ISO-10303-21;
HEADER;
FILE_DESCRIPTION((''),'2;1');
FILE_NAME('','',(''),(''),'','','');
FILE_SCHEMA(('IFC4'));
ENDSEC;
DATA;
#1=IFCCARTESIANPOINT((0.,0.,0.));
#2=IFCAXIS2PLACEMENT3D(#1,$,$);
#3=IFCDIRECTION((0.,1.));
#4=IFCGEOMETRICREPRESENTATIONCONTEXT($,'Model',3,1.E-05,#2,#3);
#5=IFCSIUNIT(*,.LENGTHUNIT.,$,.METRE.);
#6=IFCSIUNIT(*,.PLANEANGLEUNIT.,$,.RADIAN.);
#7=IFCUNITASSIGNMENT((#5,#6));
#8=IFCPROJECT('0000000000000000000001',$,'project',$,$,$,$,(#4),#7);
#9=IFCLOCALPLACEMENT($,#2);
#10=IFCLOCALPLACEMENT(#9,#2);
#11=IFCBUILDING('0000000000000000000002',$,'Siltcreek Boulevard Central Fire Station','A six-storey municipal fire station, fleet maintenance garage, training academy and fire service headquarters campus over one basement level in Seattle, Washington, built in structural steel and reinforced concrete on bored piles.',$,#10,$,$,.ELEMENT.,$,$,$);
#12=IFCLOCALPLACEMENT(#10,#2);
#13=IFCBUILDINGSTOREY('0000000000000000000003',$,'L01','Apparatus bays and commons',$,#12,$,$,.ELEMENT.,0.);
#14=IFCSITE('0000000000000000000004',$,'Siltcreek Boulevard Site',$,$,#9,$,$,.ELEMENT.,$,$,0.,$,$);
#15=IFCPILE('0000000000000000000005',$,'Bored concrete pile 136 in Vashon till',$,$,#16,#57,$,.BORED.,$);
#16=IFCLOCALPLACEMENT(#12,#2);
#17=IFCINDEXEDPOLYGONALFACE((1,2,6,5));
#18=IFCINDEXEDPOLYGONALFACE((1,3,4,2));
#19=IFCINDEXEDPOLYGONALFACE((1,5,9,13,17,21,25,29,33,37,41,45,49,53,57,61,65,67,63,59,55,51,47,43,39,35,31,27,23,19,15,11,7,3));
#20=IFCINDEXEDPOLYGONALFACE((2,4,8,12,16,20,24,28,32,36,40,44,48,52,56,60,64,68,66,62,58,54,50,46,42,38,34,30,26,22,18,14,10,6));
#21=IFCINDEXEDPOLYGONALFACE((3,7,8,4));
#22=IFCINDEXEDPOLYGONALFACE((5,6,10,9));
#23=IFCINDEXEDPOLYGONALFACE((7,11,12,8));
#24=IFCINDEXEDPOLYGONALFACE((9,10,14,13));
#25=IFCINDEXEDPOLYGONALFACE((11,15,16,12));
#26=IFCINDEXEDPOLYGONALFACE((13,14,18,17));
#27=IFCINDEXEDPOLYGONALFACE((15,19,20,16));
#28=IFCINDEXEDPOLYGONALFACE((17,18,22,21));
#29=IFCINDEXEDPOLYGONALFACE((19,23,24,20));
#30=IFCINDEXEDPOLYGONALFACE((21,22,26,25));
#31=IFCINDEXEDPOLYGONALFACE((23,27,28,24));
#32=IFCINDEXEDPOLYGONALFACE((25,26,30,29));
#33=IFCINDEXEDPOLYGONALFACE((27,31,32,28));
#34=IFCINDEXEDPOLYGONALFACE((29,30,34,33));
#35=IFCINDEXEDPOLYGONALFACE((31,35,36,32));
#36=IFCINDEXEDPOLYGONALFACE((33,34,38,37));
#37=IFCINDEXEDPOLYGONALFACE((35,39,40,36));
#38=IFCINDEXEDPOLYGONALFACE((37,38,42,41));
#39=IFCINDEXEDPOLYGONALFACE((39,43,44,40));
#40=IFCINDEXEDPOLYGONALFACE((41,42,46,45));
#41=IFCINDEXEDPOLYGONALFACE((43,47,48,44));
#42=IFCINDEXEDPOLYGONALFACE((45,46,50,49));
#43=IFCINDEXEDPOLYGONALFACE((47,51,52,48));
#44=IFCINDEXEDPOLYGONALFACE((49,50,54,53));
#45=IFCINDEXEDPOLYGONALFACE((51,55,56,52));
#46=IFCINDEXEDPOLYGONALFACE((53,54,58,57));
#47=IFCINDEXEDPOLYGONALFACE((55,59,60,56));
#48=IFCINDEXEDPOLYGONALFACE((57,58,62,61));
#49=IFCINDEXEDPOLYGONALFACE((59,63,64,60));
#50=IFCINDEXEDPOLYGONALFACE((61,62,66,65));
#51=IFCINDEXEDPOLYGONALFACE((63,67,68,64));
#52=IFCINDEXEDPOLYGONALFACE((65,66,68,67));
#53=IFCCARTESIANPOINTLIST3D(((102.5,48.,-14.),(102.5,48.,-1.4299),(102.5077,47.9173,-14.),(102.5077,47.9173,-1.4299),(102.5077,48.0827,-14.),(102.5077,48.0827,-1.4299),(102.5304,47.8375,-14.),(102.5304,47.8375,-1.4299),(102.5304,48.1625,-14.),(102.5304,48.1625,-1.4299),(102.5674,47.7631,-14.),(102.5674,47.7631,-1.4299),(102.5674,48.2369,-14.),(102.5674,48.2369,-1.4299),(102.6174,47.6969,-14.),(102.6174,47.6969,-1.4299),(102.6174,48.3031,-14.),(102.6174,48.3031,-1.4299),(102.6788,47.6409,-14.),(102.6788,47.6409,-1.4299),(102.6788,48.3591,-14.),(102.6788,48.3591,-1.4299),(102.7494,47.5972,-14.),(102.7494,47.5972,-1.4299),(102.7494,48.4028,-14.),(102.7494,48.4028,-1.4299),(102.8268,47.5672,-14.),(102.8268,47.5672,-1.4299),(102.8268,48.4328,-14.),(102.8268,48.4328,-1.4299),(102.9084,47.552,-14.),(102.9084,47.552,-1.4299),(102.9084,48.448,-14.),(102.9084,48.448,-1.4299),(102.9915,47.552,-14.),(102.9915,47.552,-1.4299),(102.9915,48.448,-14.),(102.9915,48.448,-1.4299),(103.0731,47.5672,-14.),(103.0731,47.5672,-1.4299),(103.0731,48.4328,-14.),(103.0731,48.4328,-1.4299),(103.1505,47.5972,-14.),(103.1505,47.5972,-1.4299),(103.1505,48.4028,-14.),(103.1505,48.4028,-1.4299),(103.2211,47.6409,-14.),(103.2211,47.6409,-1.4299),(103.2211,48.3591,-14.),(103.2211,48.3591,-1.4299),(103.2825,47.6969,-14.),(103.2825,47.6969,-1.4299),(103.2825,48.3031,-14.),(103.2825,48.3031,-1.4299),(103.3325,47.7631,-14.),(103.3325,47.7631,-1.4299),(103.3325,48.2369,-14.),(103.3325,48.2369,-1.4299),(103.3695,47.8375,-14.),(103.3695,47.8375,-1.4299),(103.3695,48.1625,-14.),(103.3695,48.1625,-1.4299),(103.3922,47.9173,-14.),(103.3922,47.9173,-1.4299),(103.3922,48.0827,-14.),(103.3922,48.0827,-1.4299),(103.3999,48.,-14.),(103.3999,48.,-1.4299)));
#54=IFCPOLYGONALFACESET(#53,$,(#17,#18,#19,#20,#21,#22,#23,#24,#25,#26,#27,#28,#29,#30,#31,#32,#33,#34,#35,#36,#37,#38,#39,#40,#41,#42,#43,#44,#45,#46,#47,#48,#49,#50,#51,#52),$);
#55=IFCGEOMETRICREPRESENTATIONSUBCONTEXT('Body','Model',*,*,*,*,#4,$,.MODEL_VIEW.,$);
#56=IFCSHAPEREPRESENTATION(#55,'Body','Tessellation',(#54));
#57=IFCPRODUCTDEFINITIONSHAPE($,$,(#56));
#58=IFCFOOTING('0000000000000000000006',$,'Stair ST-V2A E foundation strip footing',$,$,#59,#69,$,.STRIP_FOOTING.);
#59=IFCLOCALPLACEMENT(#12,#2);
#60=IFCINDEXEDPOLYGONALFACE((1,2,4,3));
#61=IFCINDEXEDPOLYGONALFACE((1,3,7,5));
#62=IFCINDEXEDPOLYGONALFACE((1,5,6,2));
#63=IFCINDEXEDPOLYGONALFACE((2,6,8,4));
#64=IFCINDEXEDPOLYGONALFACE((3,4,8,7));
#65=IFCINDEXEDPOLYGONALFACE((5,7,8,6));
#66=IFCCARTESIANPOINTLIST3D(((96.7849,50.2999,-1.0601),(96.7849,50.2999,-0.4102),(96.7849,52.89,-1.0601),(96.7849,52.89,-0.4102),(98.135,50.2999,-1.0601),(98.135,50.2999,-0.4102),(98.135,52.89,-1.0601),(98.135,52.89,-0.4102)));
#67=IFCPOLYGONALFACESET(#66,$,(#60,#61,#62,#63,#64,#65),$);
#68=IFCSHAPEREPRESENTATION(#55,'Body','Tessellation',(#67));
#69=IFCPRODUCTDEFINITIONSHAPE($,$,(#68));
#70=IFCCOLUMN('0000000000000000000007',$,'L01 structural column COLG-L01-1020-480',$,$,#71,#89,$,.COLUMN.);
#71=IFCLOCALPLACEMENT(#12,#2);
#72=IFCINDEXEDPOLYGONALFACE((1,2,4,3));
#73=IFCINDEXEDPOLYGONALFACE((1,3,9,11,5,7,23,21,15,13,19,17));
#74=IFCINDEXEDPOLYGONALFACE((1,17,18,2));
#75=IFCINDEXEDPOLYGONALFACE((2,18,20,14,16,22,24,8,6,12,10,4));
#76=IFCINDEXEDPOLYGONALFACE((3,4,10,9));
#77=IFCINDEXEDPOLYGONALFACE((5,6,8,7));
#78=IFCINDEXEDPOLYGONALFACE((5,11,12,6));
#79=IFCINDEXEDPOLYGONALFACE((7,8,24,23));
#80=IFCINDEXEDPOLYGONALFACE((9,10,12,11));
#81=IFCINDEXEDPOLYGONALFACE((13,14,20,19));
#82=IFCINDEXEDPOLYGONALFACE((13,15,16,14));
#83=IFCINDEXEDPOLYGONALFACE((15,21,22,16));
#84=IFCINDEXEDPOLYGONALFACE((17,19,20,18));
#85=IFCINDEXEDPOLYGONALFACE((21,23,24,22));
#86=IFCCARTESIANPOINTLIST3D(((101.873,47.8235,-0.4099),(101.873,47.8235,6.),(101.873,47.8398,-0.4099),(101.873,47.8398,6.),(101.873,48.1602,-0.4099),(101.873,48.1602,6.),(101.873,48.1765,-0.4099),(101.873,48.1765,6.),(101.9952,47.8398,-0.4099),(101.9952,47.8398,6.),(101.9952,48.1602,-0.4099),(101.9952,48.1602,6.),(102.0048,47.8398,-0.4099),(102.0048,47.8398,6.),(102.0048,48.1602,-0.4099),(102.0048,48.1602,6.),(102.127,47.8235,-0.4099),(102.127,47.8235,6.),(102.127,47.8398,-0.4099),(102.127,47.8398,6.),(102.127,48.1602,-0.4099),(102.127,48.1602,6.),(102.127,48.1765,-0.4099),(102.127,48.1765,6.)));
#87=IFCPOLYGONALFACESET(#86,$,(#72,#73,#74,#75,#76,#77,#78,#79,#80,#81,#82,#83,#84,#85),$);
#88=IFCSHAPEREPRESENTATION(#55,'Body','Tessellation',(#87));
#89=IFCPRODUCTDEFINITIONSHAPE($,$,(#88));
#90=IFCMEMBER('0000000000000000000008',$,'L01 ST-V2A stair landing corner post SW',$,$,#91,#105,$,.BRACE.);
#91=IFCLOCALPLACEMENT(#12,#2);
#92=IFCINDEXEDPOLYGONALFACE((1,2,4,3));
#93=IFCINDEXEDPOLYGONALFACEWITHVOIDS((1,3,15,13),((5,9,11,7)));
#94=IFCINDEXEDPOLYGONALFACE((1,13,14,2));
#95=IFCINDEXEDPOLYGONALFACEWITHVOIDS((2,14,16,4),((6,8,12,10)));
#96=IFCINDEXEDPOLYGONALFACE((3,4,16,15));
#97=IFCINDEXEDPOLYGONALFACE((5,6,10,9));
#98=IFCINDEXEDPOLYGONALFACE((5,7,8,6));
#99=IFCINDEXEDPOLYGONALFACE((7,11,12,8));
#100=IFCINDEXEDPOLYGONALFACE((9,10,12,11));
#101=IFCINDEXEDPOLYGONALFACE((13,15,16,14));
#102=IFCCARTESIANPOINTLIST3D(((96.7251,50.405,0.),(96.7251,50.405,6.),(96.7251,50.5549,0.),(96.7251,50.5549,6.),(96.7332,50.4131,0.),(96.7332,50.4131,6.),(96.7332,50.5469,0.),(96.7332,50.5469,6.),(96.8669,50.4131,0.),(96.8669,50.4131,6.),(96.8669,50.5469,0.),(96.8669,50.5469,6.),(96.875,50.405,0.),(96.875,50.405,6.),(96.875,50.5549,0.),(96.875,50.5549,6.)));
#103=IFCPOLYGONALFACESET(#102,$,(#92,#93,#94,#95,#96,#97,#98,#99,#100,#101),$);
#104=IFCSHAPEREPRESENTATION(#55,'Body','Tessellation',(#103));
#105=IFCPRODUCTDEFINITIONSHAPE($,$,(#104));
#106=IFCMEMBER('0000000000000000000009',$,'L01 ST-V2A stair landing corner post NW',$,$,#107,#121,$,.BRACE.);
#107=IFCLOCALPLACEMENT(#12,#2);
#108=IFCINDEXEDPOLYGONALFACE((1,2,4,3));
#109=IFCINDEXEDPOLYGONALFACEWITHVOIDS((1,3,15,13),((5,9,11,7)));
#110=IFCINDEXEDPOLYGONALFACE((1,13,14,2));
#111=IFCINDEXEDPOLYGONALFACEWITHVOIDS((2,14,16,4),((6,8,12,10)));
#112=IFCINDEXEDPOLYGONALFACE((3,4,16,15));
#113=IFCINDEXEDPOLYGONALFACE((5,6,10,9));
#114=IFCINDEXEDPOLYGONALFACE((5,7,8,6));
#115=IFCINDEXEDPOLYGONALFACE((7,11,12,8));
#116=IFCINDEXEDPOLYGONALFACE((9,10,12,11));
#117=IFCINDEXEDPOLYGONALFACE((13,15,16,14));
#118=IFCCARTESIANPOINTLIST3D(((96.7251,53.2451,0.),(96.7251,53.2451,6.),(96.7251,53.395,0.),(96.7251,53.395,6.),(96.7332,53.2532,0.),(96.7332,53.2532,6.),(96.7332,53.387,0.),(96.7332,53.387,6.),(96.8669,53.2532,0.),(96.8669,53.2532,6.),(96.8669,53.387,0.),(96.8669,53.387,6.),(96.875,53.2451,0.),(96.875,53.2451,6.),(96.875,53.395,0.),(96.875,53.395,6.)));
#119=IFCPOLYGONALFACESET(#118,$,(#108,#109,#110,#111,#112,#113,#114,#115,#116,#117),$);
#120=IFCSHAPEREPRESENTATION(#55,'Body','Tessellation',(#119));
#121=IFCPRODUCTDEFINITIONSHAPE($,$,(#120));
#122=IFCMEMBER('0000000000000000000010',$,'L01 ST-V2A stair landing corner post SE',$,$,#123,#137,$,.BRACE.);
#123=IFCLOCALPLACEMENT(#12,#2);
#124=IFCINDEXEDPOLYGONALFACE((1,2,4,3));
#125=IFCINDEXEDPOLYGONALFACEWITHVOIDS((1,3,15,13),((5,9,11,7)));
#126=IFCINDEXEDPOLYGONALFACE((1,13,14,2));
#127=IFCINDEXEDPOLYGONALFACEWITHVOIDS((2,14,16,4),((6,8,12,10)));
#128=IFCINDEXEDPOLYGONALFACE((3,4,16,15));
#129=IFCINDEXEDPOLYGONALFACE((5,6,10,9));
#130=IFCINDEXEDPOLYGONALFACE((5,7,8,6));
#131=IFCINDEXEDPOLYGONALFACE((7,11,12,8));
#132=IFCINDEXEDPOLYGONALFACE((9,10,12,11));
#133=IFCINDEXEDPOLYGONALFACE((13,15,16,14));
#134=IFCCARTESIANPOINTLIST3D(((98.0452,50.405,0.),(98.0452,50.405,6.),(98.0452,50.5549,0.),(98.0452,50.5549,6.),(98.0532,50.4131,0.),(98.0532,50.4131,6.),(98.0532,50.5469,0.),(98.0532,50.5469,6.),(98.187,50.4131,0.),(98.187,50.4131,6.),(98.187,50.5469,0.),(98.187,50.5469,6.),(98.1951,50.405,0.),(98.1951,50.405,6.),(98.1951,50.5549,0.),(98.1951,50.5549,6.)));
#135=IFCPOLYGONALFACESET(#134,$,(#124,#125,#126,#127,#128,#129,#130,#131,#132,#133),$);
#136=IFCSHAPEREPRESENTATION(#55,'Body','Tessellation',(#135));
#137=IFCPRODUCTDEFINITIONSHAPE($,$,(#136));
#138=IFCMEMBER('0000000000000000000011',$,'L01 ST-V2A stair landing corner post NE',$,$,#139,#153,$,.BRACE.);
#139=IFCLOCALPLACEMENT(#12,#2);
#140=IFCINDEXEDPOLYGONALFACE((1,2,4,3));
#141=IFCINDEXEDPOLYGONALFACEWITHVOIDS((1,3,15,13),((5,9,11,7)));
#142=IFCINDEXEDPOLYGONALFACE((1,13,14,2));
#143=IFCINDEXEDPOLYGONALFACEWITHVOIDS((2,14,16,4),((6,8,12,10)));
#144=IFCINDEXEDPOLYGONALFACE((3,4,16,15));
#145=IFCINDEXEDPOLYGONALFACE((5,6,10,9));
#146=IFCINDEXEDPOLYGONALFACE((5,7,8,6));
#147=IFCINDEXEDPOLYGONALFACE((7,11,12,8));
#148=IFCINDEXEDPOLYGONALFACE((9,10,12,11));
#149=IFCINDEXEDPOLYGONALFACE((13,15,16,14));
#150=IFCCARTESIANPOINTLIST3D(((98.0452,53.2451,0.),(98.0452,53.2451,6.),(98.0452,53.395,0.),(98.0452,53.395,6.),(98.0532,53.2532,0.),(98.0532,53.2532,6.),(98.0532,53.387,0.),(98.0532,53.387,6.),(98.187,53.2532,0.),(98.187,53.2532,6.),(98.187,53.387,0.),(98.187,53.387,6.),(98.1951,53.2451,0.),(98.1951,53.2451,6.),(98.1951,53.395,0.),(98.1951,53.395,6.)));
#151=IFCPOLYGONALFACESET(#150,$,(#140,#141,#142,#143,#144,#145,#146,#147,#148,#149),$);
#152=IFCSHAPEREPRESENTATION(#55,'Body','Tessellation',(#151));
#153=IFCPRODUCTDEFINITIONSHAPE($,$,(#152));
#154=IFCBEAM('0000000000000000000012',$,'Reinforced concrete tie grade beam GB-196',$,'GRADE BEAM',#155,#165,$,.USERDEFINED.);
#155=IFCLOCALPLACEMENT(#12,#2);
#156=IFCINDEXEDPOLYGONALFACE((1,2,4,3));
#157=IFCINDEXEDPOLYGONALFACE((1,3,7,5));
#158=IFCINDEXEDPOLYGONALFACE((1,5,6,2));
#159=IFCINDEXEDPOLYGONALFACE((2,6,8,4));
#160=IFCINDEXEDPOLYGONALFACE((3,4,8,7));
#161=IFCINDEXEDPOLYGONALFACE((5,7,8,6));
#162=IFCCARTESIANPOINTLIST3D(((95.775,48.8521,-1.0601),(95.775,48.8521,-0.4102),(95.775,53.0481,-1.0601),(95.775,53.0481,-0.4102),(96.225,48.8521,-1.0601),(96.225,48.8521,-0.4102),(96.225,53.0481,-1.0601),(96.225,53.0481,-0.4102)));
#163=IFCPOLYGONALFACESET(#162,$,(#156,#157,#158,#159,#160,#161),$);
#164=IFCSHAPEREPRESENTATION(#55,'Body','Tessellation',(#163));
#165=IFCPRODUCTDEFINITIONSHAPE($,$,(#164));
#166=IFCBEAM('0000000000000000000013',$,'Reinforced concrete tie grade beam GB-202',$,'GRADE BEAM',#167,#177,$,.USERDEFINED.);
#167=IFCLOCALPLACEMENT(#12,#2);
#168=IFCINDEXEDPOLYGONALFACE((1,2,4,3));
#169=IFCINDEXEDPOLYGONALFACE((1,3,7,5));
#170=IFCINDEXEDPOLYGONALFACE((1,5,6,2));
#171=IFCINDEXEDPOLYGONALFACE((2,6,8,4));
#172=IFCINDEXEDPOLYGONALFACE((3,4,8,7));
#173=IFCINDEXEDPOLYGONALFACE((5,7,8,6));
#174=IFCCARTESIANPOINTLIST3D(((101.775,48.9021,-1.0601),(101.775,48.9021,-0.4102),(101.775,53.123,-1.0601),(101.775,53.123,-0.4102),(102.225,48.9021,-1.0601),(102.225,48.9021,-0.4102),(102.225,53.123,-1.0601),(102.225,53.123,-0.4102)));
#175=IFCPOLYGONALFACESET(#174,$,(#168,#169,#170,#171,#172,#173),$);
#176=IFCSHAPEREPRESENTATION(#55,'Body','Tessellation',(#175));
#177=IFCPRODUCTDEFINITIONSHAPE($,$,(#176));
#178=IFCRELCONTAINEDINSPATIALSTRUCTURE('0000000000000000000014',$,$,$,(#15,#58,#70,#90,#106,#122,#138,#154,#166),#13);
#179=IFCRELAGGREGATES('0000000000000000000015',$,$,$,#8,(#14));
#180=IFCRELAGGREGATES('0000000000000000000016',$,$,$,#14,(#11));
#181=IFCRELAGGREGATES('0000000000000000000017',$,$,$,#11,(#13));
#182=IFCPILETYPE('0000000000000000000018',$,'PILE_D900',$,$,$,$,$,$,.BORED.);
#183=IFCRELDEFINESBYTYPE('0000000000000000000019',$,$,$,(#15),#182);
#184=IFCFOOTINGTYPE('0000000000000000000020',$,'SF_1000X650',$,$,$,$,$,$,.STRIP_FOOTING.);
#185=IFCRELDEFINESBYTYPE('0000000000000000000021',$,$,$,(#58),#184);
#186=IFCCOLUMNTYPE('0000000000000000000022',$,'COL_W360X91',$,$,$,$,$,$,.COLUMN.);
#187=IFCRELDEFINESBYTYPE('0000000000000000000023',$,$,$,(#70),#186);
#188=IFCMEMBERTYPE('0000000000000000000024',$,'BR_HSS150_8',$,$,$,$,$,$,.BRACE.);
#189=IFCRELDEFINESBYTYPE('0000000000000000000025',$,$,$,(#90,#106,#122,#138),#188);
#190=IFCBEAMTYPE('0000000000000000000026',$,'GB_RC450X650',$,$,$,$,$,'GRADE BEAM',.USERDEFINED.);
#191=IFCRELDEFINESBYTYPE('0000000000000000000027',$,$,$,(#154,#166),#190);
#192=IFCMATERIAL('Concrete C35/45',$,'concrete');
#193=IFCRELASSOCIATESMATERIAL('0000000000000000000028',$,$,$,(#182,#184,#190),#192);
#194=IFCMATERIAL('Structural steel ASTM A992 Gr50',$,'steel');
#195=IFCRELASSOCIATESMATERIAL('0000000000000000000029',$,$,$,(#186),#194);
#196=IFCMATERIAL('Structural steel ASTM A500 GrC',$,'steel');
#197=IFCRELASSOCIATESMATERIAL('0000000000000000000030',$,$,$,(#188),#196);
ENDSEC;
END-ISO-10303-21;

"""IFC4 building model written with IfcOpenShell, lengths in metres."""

from ifc_helpers import new_model, si_unit, direction, frame, origin, origin_2d, place, context, subcontext, project, spatial, rectangle, hollow_rectangle, circle, i_section, extrude, material, material_profile, profile_set, type_object, element, save


model = new_model("IFC4")

# Units and contexts
model_context = context("Model", 3, precision=1e-05, world=origin(), true_north=direction((0.0, 1.0)))
body_context = subcontext(model_context, "Body", "Model", "MODEL_VIEW")
ifc_project = project(units=[si_unit("LENGTHUNIT", "METRE"), si_unit("PLANEANGLEUNIT", "RADIAN")], contexts=[model_context])

# Site, building, storey
site_placement = place(None, origin())
site = spatial("IfcSite", under=ifc_project, at=site_placement, Name="Siltcreek Boulevard Site", CompositionType="ELEMENT", RefElevation=0.0)
building_placement = place(site_placement, origin())
building = spatial("IfcBuilding", under=site, at=building_placement, Name="Siltcreek Boulevard Central Fire Station", Description="A six-storey municipal fire station, fleet maintenance garage, training academy and fire service headquarters campus over one basement level in Seattle, Washington, built in structural steel and reinforced concrete on bored piles.", CompositionType="ELEMENT")
storey_placement = place(building_placement, origin())
storey = spatial("IfcBuildingStorey", under=building, at=storey_placement, Name="L01", Description="Apparatus bays and commons", CompositionType="ELEMENT", Elevation=0.0)

# Pile
ifc_material_1 = material(Name="Concrete C35/45", Category="concrete")
ifc_material_profile_1 = material_profile(ifc_material_1, circle(Radius=0.45, at=origin_2d()), Name="SHAFT900")
ifc_profile_set_1 = profile_set([ifc_material_profile_1], Name="Concrete C35/45")
pile_type = type_object("IfcPileType", Name="PILE_D900", PredefinedType="BORED", material=ifc_profile_set_1)
pile_placement = place(storey_placement, frame((102.95, 48.0, -1.4299), z_axis=(0.0, 0.0, -1.0), x_axis=(1.0, 0.0, 0.0)))
element("IfcPile", 1, at=pile_placement, inside=storey, type_object=pile_type, Name="Bored concrete pile 136 in Vashon till", PredefinedType="BORED", context=body_context, shape_type="SweptSolid", body=[
    extrude(circle(Radius=0.45, at=origin_2d()), origin(), (0.0, 0.0, 1.0), 12.5701),
])

# Footing
footing_type = type_object("IfcFootingType", Name="SF_1000X650", PredefinedType="STRIP_FOOTING", material=ifc_material_1)
footing_placement = place(storey_placement, frame((97.46, 51.595, -1.0601), z_axis=(0.0, 0.0, 1.0), x_axis=(1.0, 0.0, 0.0)))
element("IfcFooting", 2, at=footing_placement, inside=storey, type_object=footing_type, Name="Stair ST-V2A E foundation strip footing", PredefinedType="STRIP_FOOTING", context=body_context, shape_type="SweptSolid", body=[
    extrude(rectangle(XDim=1.3501, YDim=2.5901, at=origin_2d()), origin(), (0.0, 0.0, 1.0), 0.6499),
])

# Column
ifc_material_2 = material(Name="Structural steel ASTM A992 Gr50", Category="steel")
ifc_material_profile_2 = material_profile(ifc_material_2, i_section(OverallWidth=0.2539, OverallDepth=0.353, WebThickness=0.0095, FlangeThickness=0.0164, at=origin_2d()), Name="W360X91")
ifc_profile_set_2 = profile_set([ifc_material_profile_2], Name="Structural steel ASTM A992 Gr50")
column_type = type_object("IfcColumnType", Name="COL_W360X91", PredefinedType="COLUMN", material=ifc_profile_set_2)
column_placement = place(storey_placement, frame((102.0, 48.0, -0.4099), z_axis=(0.0, 0.0, 1.0), x_axis=(1.0, 0.0, 0.0)))
element("IfcColumn", 3, at=column_placement, inside=storey, type_object=column_type, Name="L01 structural column COLG-L01-1020-480", PredefinedType="COLUMN", context=body_context, shape_type="SweptSolid", body=[
    extrude(i_section(OverallWidth=0.2539, OverallDepth=0.353, WebThickness=0.0095, FlangeThickness=0.0164, at=origin_2d()), origin(), (0.0, 0.0, 1.0), 6.4099),
])

# Members
ifc_material_3 = material(Name="Structural steel ASTM A500 GrC", Category="steel")
ifc_material_profile_3 = material_profile(ifc_material_3, hollow_rectangle(XDim=0.1499, YDim=0.1499, WallThickness=0.0081, at=origin_2d()), Name="HSS150X150X8.0")
ifc_profile_set_3 = profile_set([ifc_material_profile_3], Name="Structural steel ASTM A500 GrC")
member_type = type_object("IfcMemberType", Name="BR_HSS150_8", PredefinedType="BRACE", material=ifc_profile_set_3)
for number, where, z_axis, x_axis, name in (
    (4, (96.8, 50.48, 0.0), (0.0, 0.0, 1.0), (1.0, 0.0, 0.0), "L01 ST-V2A stair landing corner post SW"),
    (5, (96.8, 53.3201, 0.0), (0.0, 0.0, 1.0), (1.0, 0.0, 0.0), "L01 ST-V2A stair landing corner post NW"),
    (6, (98.1201, 50.48, 0.0), (0.0, 0.0, 1.0), (1.0, 0.0, 0.0), "L01 ST-V2A stair landing corner post SE"),
    (7, (98.1201, 53.3201, 0.0), (0.0, 0.0, 1.0), (1.0, 0.0, 0.0), "L01 ST-V2A stair landing corner post NE"),
):
    element("IfcMember", number, at=place(storey_placement, frame(where, z_axis=z_axis, x_axis=x_axis)), inside=storey, type_object=member_type, Name=name, PredefinedType="BRACE", context=body_context, shape_type="SweptSolid", body=[
        extrude(hollow_rectangle(XDim=0.1499, YDim=0.1499, WallThickness=0.0081, at=origin_2d()), origin(), (0.0, 0.0, 1.0), 6.0),
    ])

# Beams
ifc_material_profile_4 = material_profile(ifc_material_1, rectangle(XDim=0.45, YDim=0.6499, at=origin_2d()), Name="RC450X650")
ifc_profile_set_4 = profile_set([ifc_material_profile_4], Name="Concrete C35/45")
beam_type_1 = type_object("IfcBeamType", Name="GB_RC450X650", ElementType="GRADE BEAM", PredefinedType="USERDEFINED", material=ifc_profile_set_4)
beam_1_placement = place(storey_placement, frame((96.0, 48.8521, -0.7351), z_axis=(0.0, 1.0, 0.0), x_axis=(-1.0, 0.0, 0.0)))
element("IfcBeam", 8, at=beam_1_placement, inside=storey, type_object=beam_type_1, Name="Reinforced concrete tie grade beam GB-196", ObjectType="GRADE BEAM", PredefinedType="USERDEFINED", context=body_context, shape_type="SweptSolid", body=[
    extrude(rectangle(XDim=0.45, YDim=0.6499, at=origin_2d()), origin(), (0.0, 0.0, 1.0), 4.196),
])
beam_2_placement = place(storey_placement, frame((102.0, 48.9021, -0.7351), z_axis=(0.0, 1.0, 0.0), x_axis=(-1.0, 0.0, 0.0)))
element("IfcBeam", 9, at=beam_2_placement, inside=storey, type_object=beam_type_1, Name="Reinforced concrete tie grade beam GB-202", ObjectType="GRADE BEAM", PredefinedType="USERDEFINED", context=body_context, shape_type="SweptSolid", body=[
    extrude(rectangle(XDim=0.45, YDim=0.6499, at=origin_2d()), origin(), (0.0, 0.0, 1.0), 4.2209),
])

save(model, "model.ifc")
